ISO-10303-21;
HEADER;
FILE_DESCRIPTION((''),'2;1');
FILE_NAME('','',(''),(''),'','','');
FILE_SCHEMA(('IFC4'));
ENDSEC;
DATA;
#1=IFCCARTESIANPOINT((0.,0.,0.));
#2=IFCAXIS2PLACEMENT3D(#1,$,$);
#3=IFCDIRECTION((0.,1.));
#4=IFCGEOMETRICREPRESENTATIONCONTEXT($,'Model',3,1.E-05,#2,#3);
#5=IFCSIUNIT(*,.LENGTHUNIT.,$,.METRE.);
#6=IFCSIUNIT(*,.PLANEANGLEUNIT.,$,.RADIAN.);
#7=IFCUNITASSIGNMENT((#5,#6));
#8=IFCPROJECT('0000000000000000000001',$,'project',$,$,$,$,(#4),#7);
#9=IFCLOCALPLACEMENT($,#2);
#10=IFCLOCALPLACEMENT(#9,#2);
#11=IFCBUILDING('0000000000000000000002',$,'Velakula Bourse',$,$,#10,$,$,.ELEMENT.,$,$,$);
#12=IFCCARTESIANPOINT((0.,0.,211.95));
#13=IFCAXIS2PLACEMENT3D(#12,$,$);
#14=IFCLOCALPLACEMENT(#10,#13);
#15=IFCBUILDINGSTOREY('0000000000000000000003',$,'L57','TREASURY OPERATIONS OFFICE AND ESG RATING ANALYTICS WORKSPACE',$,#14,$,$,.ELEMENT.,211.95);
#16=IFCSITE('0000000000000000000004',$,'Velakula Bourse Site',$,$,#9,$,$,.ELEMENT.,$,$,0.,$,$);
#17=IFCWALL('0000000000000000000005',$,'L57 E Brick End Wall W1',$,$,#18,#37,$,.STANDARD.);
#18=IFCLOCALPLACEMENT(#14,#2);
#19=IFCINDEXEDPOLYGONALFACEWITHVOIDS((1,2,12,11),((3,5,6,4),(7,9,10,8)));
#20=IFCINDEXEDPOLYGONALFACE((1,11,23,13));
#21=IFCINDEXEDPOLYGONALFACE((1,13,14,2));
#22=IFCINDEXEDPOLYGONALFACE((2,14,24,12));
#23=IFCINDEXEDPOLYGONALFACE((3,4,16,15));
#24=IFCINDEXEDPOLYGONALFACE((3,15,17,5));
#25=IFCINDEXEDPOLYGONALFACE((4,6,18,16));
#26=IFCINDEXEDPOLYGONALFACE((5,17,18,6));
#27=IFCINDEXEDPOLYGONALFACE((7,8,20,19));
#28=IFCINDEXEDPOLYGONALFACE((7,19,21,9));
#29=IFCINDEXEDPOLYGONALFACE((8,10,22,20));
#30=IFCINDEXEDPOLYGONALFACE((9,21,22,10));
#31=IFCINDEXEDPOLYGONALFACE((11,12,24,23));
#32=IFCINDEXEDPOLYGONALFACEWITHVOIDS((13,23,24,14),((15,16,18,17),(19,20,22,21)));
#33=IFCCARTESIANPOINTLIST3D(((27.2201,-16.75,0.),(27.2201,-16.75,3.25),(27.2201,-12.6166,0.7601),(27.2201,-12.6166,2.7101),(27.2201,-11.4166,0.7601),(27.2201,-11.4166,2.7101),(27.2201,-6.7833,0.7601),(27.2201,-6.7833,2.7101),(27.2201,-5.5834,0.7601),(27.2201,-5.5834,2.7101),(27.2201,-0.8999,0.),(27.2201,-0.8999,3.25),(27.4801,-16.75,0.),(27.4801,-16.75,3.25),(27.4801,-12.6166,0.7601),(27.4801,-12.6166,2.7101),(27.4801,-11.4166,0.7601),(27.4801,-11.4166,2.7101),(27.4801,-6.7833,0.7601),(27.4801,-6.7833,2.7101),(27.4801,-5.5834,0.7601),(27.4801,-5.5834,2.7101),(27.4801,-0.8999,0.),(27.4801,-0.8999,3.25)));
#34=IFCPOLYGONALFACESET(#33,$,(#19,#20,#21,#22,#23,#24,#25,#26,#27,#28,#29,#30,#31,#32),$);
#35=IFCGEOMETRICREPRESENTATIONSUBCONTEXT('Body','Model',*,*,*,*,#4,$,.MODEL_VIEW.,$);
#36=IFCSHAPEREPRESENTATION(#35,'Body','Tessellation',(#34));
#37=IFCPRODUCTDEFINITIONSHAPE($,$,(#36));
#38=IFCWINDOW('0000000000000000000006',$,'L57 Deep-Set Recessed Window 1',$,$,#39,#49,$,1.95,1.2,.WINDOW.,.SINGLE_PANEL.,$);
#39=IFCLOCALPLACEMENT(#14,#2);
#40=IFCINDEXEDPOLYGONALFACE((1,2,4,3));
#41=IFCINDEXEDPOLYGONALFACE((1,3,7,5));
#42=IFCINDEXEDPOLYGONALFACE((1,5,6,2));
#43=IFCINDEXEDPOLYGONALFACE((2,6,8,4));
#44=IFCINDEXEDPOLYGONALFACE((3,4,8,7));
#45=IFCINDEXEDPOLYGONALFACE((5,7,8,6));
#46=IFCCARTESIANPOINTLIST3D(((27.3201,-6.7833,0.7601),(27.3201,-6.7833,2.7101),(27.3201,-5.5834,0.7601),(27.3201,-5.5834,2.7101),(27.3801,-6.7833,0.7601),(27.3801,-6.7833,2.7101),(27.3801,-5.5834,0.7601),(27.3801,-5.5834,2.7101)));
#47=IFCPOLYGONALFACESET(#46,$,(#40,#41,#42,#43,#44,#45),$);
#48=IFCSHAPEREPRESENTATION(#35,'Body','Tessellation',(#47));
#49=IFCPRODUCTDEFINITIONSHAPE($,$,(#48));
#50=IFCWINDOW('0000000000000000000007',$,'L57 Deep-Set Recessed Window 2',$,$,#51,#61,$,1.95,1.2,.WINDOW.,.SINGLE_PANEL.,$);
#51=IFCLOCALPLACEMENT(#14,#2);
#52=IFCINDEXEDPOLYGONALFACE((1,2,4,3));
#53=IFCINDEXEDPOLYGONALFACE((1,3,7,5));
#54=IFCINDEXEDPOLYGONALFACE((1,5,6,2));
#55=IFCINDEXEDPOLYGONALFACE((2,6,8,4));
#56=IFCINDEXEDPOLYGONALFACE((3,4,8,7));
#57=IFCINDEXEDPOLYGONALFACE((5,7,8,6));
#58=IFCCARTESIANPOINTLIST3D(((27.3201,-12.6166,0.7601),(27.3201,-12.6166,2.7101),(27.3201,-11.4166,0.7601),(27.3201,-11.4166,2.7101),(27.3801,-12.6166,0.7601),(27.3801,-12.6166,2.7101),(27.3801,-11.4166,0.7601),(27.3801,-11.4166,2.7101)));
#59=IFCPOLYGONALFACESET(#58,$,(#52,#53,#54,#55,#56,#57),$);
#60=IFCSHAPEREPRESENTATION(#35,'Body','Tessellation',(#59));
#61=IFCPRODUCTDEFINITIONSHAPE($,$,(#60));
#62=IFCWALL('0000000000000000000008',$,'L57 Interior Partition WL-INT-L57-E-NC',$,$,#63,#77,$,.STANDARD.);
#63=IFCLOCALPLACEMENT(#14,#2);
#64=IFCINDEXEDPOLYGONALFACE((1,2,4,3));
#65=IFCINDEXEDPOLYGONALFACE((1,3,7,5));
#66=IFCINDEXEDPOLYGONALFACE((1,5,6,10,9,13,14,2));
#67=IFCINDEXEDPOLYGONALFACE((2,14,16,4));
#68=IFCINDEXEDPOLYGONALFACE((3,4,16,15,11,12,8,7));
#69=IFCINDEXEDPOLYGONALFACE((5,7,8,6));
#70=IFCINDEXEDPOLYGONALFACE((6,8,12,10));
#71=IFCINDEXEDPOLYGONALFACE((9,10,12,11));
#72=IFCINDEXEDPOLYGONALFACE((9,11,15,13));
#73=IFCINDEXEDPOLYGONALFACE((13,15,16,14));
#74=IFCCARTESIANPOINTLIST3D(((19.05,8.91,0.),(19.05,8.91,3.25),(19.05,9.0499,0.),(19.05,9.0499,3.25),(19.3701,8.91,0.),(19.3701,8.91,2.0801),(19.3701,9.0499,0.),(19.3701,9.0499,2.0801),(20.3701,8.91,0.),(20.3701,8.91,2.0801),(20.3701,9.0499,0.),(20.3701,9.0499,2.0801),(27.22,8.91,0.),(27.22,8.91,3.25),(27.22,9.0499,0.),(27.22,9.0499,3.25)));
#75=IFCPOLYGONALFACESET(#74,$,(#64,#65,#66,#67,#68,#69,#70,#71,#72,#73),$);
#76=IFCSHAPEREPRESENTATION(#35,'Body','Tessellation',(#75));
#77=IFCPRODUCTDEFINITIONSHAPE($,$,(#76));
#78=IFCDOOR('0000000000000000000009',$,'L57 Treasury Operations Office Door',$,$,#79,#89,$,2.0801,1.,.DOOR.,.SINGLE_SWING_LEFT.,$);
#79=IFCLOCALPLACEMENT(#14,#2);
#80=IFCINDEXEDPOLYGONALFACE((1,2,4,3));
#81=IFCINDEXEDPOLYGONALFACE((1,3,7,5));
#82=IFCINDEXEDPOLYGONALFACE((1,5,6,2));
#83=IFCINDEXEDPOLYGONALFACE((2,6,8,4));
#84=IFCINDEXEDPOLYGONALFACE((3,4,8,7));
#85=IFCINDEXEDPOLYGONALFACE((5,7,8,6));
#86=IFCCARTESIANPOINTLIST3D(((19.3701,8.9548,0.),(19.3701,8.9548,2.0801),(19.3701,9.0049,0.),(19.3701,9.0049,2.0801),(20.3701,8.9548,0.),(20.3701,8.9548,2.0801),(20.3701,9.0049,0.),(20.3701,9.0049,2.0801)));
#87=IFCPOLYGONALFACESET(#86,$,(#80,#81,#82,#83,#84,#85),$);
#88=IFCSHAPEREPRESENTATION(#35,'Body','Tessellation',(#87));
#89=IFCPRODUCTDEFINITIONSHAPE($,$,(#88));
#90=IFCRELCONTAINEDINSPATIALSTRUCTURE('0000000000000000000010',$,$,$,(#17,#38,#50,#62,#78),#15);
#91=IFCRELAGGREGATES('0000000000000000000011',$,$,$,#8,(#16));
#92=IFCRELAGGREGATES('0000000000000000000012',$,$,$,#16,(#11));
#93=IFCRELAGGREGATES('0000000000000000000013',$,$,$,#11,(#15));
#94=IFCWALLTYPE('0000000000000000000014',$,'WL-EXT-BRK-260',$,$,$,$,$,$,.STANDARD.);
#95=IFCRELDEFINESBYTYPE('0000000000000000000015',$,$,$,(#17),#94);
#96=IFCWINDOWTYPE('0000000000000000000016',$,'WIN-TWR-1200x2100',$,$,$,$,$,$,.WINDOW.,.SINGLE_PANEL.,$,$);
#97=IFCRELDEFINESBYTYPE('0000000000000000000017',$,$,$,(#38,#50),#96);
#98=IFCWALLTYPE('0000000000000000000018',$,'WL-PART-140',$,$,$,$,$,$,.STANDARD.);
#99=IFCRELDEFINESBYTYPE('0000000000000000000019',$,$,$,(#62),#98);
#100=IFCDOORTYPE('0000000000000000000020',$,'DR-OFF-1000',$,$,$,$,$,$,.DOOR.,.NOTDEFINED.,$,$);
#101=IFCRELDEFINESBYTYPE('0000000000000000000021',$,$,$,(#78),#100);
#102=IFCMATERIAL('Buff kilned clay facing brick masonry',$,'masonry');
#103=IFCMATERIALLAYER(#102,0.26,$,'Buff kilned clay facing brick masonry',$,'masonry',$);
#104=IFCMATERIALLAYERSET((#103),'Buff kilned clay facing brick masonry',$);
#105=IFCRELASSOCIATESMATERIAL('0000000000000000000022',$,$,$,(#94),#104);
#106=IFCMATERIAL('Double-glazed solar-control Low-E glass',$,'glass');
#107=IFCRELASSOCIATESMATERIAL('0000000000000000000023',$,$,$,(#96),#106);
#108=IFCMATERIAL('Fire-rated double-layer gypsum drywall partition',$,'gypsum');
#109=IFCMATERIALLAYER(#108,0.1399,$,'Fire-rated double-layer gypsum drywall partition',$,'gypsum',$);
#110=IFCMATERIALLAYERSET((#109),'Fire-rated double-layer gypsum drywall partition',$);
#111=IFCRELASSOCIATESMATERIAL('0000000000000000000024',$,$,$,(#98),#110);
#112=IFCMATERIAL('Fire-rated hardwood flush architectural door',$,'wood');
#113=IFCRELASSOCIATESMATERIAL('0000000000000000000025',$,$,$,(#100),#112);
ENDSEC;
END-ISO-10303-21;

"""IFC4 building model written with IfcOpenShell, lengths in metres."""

from ifc_helpers import new_model, si_unit, direction, frame, frame_2d, origin, place, context, subcontext, project, spatial, rectangle, extrude, material, layer, layer_set, type_object, element, fill, save


model = new_model("IFC4")

# Units and contexts
model_context = context("Model", 3, precision=1e-05, world=origin(), true_north=direction((0.0, 1.0)))
body_context = subcontext(model_context, "Body", "Model", "MODEL_VIEW")
ifc_project = project(units=[si_unit("LENGTHUNIT", "METRE"), si_unit("PLANEANGLEUNIT", "RADIAN")], contexts=[model_context])

# Site, building, storey
site_placement = place(None, origin())
site = spatial("IfcSite", under=ifc_project, at=site_placement, Name="Velakula Bourse Site", CompositionType="ELEMENT", RefElevation=0.0)
building_placement = place(site_placement, origin())
building = spatial("IfcBuilding", under=site, at=building_placement, Name="Velakula Bourse", CompositionType="ELEMENT")
storey_placement = place(building_placement, frame((0.0, 0.0, 211.95)))
storey = spatial("IfcBuildingStorey", under=building, at=storey_placement, Name="L57", Description="TREASURY OPERATIONS OFFICE AND ESG RATING ANALYTICS WORKSPACE", CompositionType="ELEMENT", Elevation=211.95)

# Wall, openings, windows
ifc_material_1 = material(Name="Buff kilned clay facing brick masonry", Category="masonry")
ifc_layer_1 = layer(ifc_material_1, 0.26, Name="Buff kilned clay facing brick masonry", Category="masonry")
ifc_layer_set_1 = layer_set([ifc_layer_1], Name="Buff kilned clay facing brick masonry")
wall_type_1 = type_object("IfcWallType", Name="WL-EXT-BRK-260", PredefinedType="STANDARD", material=ifc_layer_set_1)
wall_1_placement = place(storey_placement, frame((27.3501, -0.8999, 0.0), z_axis=(0.0, 0.0, 1.0), x_axis=(0.0, -1.0, 0.0)))
wall_1 = element("IfcWall", 1, at=wall_1_placement, inside=storey, type_object=wall_type_1, Name="L57 E Brick End Wall W1", PredefinedType="STANDARD", context=body_context, shape_type="SweptSolid", body=[
    extrude(rectangle(XDim=15.8501, YDim=0.26, at=frame_2d((7.925, 0.0))), origin(), (0.0, 0.0, 1.0), 3.25),
])
opening_1_placement = place(wall_1_placement, frame((4.6833, 0.0, 0.76)))
opening_1 = element("IfcOpeningElement", 2, at=opening_1_placement, cuts=wall_1, PredefinedType="OPENING", context=body_context, shape_type="SweptSolid", body=[
    extrude(rectangle(XDim=1.2, YDim=1.95, at=frame_2d((0.6001, 0.9751))), frame((0.0, 0.1399, 0.0), z_axis=(0.0, -1.0, 0.0), x_axis=(1.0, 0.0, 0.0)), (0.0, 0.0, 1.0), 0.28),
])
opening_2_placement = place(wall_1_placement, frame((10.5166, 0.0, 0.76)))
opening_2 = element("IfcOpeningElement", 3, at=opening_2_placement, cuts=wall_1, PredefinedType="OPENING", context=body_context, shape_type="SweptSolid", body=[
    extrude(rectangle(XDim=1.2, YDim=1.95, at=frame_2d((0.6001, 0.9751))), frame((0.0, 0.1399, 0.0), z_axis=(0.0, -1.0, 0.0), x_axis=(1.0, 0.0, 0.0)), (0.0, 0.0, 1.0), 0.28),
])
ifc_material_2 = material(Name="Double-glazed solar-control Low-E glass", Category="glass")
window_type = type_object("IfcWindowType", Name="WIN-TWR-1200x2100", PartitioningType="SINGLE_PANEL", PredefinedType="WINDOW", material=ifc_material_2)
window_1_placement = place(opening_1_placement, origin())
window_1 = element("IfcWindow", 4, at=window_1_placement, inside=storey, type_object=window_type, Name="L57 Deep-Set Recessed Window 1", OverallHeight=1.95, OverallWidth=1.2, PartitioningType="SINGLE_PANEL", PredefinedType="WINDOW", context=body_context, shape_type="SweptSolid", body=[
    extrude(rectangle(XDim=1.2, YDim=1.95, at=frame_2d((0.6001, 0.9751))), frame((0.0, 0.03, 0.0), z_axis=(0.0, -1.0, 0.0), x_axis=(1.0, 0.0, 0.0)), (0.0, 0.0, 1.0), 0.0601),
])
fill(opening_1, window_1)
window_2_placement = place(opening_2_placement, origin())
window_2 = element("IfcWindow", 5, at=window_2_placement, inside=storey, type_object=window_type, Name="L57 Deep-Set Recessed Window 2", OverallHeight=1.95, OverallWidth=1.2, PartitioningType="SINGLE_PANEL", PredefinedType="WINDOW", context=body_context, shape_type="SweptSolid", body=[
    extrude(rectangle(XDim=1.2, YDim=1.95, at=frame_2d((0.6001, 0.9751))), frame((0.0, 0.03, 0.0), z_axis=(0.0, -1.0, 0.0), x_axis=(1.0, 0.0, 0.0)), (0.0, 0.0, 1.0), 0.0601),
])
fill(opening_2, window_2)

# Wall, opening, door
ifc_material_3 = material(Name="Fire-rated double-layer gypsum drywall partition", Category="gypsum")
ifc_layer_2 = layer(ifc_material_3, 0.1399, Name="Fire-rated double-layer gypsum drywall partition", Category="gypsum")
ifc_layer_set_2 = layer_set([ifc_layer_2], Name="Fire-rated double-layer gypsum drywall partition")
wall_type_2 = type_object("IfcWallType", Name="WL-PART-140", PredefinedType="STANDARD", material=ifc_layer_set_2)
wall_2_placement = place(storey_placement, frame((19.05, 8.98, 0.0), z_axis=(0.0, 0.0, 1.0), x_axis=(1.0, 0.0, 0.0)))
wall_2 = element("IfcWall", 6, at=wall_2_placement, inside=storey, type_object=wall_type_2, Name="L57 Interior Partition WL-INT-L57-E-NC", PredefinedType="STANDARD", context=body_context, shape_type="SweptSolid", body=[
    extrude(rectangle(XDim=8.1699, YDim=0.1399, at=frame_2d((4.085, 0.0))), origin(), (0.0, 0.0, 1.0), 3.25),
])
opening_3_placement = place(wall_2_placement, frame((0.3201, 0.0, 0.0)))
opening_3 = element("IfcOpeningElement", 7, at=opening_3_placement, cuts=wall_2, PredefinedType="OPENING", context=body_context, shape_type="SweptSolid", body=[
    extrude(rectangle(XDim=1.0, YDim=2.0801, at=frame_2d((0.5, 1.04))), frame((0.0, 0.0798, 0.0), z_axis=(0.0, -1.0, 0.0), x_axis=(1.0, 0.0, 0.0)), (0.0, 0.0, 1.0), 0.1599),
])
ifc_material_4 = material(Name="Fire-rated hardwood flush architectural door", Category="wood")
door_type = type_object("IfcDoorType", Name="DR-OFF-1000", OperationType="NOTDEFINED", PredefinedType="DOOR", material=ifc_material_4)
door_placement = place(opening_3_placement, origin())
door = element("IfcDoor", 8, at=door_placement, inside=storey, type_object=door_type, Name="L57 Treasury Operations Office Door", OperationType="SINGLE_SWING_LEFT", OverallHeight=2.0801, OverallWidth=1.0, PredefinedType="DOOR", context=body_context, shape_type="SweptSolid", body=[
    extrude(rectangle(XDim=1.0, YDim=2.0801, at=frame_2d((0.5, 1.04))), frame((0.0, 0.0249, 0.0), z_axis=(0.0, -1.0, 0.0), x_axis=(1.0, 0.0, 0.0)), (0.0, 0.0, 1.0), 0.05),
])
fill(opening_3, door)

save(model, "model.ifc")
